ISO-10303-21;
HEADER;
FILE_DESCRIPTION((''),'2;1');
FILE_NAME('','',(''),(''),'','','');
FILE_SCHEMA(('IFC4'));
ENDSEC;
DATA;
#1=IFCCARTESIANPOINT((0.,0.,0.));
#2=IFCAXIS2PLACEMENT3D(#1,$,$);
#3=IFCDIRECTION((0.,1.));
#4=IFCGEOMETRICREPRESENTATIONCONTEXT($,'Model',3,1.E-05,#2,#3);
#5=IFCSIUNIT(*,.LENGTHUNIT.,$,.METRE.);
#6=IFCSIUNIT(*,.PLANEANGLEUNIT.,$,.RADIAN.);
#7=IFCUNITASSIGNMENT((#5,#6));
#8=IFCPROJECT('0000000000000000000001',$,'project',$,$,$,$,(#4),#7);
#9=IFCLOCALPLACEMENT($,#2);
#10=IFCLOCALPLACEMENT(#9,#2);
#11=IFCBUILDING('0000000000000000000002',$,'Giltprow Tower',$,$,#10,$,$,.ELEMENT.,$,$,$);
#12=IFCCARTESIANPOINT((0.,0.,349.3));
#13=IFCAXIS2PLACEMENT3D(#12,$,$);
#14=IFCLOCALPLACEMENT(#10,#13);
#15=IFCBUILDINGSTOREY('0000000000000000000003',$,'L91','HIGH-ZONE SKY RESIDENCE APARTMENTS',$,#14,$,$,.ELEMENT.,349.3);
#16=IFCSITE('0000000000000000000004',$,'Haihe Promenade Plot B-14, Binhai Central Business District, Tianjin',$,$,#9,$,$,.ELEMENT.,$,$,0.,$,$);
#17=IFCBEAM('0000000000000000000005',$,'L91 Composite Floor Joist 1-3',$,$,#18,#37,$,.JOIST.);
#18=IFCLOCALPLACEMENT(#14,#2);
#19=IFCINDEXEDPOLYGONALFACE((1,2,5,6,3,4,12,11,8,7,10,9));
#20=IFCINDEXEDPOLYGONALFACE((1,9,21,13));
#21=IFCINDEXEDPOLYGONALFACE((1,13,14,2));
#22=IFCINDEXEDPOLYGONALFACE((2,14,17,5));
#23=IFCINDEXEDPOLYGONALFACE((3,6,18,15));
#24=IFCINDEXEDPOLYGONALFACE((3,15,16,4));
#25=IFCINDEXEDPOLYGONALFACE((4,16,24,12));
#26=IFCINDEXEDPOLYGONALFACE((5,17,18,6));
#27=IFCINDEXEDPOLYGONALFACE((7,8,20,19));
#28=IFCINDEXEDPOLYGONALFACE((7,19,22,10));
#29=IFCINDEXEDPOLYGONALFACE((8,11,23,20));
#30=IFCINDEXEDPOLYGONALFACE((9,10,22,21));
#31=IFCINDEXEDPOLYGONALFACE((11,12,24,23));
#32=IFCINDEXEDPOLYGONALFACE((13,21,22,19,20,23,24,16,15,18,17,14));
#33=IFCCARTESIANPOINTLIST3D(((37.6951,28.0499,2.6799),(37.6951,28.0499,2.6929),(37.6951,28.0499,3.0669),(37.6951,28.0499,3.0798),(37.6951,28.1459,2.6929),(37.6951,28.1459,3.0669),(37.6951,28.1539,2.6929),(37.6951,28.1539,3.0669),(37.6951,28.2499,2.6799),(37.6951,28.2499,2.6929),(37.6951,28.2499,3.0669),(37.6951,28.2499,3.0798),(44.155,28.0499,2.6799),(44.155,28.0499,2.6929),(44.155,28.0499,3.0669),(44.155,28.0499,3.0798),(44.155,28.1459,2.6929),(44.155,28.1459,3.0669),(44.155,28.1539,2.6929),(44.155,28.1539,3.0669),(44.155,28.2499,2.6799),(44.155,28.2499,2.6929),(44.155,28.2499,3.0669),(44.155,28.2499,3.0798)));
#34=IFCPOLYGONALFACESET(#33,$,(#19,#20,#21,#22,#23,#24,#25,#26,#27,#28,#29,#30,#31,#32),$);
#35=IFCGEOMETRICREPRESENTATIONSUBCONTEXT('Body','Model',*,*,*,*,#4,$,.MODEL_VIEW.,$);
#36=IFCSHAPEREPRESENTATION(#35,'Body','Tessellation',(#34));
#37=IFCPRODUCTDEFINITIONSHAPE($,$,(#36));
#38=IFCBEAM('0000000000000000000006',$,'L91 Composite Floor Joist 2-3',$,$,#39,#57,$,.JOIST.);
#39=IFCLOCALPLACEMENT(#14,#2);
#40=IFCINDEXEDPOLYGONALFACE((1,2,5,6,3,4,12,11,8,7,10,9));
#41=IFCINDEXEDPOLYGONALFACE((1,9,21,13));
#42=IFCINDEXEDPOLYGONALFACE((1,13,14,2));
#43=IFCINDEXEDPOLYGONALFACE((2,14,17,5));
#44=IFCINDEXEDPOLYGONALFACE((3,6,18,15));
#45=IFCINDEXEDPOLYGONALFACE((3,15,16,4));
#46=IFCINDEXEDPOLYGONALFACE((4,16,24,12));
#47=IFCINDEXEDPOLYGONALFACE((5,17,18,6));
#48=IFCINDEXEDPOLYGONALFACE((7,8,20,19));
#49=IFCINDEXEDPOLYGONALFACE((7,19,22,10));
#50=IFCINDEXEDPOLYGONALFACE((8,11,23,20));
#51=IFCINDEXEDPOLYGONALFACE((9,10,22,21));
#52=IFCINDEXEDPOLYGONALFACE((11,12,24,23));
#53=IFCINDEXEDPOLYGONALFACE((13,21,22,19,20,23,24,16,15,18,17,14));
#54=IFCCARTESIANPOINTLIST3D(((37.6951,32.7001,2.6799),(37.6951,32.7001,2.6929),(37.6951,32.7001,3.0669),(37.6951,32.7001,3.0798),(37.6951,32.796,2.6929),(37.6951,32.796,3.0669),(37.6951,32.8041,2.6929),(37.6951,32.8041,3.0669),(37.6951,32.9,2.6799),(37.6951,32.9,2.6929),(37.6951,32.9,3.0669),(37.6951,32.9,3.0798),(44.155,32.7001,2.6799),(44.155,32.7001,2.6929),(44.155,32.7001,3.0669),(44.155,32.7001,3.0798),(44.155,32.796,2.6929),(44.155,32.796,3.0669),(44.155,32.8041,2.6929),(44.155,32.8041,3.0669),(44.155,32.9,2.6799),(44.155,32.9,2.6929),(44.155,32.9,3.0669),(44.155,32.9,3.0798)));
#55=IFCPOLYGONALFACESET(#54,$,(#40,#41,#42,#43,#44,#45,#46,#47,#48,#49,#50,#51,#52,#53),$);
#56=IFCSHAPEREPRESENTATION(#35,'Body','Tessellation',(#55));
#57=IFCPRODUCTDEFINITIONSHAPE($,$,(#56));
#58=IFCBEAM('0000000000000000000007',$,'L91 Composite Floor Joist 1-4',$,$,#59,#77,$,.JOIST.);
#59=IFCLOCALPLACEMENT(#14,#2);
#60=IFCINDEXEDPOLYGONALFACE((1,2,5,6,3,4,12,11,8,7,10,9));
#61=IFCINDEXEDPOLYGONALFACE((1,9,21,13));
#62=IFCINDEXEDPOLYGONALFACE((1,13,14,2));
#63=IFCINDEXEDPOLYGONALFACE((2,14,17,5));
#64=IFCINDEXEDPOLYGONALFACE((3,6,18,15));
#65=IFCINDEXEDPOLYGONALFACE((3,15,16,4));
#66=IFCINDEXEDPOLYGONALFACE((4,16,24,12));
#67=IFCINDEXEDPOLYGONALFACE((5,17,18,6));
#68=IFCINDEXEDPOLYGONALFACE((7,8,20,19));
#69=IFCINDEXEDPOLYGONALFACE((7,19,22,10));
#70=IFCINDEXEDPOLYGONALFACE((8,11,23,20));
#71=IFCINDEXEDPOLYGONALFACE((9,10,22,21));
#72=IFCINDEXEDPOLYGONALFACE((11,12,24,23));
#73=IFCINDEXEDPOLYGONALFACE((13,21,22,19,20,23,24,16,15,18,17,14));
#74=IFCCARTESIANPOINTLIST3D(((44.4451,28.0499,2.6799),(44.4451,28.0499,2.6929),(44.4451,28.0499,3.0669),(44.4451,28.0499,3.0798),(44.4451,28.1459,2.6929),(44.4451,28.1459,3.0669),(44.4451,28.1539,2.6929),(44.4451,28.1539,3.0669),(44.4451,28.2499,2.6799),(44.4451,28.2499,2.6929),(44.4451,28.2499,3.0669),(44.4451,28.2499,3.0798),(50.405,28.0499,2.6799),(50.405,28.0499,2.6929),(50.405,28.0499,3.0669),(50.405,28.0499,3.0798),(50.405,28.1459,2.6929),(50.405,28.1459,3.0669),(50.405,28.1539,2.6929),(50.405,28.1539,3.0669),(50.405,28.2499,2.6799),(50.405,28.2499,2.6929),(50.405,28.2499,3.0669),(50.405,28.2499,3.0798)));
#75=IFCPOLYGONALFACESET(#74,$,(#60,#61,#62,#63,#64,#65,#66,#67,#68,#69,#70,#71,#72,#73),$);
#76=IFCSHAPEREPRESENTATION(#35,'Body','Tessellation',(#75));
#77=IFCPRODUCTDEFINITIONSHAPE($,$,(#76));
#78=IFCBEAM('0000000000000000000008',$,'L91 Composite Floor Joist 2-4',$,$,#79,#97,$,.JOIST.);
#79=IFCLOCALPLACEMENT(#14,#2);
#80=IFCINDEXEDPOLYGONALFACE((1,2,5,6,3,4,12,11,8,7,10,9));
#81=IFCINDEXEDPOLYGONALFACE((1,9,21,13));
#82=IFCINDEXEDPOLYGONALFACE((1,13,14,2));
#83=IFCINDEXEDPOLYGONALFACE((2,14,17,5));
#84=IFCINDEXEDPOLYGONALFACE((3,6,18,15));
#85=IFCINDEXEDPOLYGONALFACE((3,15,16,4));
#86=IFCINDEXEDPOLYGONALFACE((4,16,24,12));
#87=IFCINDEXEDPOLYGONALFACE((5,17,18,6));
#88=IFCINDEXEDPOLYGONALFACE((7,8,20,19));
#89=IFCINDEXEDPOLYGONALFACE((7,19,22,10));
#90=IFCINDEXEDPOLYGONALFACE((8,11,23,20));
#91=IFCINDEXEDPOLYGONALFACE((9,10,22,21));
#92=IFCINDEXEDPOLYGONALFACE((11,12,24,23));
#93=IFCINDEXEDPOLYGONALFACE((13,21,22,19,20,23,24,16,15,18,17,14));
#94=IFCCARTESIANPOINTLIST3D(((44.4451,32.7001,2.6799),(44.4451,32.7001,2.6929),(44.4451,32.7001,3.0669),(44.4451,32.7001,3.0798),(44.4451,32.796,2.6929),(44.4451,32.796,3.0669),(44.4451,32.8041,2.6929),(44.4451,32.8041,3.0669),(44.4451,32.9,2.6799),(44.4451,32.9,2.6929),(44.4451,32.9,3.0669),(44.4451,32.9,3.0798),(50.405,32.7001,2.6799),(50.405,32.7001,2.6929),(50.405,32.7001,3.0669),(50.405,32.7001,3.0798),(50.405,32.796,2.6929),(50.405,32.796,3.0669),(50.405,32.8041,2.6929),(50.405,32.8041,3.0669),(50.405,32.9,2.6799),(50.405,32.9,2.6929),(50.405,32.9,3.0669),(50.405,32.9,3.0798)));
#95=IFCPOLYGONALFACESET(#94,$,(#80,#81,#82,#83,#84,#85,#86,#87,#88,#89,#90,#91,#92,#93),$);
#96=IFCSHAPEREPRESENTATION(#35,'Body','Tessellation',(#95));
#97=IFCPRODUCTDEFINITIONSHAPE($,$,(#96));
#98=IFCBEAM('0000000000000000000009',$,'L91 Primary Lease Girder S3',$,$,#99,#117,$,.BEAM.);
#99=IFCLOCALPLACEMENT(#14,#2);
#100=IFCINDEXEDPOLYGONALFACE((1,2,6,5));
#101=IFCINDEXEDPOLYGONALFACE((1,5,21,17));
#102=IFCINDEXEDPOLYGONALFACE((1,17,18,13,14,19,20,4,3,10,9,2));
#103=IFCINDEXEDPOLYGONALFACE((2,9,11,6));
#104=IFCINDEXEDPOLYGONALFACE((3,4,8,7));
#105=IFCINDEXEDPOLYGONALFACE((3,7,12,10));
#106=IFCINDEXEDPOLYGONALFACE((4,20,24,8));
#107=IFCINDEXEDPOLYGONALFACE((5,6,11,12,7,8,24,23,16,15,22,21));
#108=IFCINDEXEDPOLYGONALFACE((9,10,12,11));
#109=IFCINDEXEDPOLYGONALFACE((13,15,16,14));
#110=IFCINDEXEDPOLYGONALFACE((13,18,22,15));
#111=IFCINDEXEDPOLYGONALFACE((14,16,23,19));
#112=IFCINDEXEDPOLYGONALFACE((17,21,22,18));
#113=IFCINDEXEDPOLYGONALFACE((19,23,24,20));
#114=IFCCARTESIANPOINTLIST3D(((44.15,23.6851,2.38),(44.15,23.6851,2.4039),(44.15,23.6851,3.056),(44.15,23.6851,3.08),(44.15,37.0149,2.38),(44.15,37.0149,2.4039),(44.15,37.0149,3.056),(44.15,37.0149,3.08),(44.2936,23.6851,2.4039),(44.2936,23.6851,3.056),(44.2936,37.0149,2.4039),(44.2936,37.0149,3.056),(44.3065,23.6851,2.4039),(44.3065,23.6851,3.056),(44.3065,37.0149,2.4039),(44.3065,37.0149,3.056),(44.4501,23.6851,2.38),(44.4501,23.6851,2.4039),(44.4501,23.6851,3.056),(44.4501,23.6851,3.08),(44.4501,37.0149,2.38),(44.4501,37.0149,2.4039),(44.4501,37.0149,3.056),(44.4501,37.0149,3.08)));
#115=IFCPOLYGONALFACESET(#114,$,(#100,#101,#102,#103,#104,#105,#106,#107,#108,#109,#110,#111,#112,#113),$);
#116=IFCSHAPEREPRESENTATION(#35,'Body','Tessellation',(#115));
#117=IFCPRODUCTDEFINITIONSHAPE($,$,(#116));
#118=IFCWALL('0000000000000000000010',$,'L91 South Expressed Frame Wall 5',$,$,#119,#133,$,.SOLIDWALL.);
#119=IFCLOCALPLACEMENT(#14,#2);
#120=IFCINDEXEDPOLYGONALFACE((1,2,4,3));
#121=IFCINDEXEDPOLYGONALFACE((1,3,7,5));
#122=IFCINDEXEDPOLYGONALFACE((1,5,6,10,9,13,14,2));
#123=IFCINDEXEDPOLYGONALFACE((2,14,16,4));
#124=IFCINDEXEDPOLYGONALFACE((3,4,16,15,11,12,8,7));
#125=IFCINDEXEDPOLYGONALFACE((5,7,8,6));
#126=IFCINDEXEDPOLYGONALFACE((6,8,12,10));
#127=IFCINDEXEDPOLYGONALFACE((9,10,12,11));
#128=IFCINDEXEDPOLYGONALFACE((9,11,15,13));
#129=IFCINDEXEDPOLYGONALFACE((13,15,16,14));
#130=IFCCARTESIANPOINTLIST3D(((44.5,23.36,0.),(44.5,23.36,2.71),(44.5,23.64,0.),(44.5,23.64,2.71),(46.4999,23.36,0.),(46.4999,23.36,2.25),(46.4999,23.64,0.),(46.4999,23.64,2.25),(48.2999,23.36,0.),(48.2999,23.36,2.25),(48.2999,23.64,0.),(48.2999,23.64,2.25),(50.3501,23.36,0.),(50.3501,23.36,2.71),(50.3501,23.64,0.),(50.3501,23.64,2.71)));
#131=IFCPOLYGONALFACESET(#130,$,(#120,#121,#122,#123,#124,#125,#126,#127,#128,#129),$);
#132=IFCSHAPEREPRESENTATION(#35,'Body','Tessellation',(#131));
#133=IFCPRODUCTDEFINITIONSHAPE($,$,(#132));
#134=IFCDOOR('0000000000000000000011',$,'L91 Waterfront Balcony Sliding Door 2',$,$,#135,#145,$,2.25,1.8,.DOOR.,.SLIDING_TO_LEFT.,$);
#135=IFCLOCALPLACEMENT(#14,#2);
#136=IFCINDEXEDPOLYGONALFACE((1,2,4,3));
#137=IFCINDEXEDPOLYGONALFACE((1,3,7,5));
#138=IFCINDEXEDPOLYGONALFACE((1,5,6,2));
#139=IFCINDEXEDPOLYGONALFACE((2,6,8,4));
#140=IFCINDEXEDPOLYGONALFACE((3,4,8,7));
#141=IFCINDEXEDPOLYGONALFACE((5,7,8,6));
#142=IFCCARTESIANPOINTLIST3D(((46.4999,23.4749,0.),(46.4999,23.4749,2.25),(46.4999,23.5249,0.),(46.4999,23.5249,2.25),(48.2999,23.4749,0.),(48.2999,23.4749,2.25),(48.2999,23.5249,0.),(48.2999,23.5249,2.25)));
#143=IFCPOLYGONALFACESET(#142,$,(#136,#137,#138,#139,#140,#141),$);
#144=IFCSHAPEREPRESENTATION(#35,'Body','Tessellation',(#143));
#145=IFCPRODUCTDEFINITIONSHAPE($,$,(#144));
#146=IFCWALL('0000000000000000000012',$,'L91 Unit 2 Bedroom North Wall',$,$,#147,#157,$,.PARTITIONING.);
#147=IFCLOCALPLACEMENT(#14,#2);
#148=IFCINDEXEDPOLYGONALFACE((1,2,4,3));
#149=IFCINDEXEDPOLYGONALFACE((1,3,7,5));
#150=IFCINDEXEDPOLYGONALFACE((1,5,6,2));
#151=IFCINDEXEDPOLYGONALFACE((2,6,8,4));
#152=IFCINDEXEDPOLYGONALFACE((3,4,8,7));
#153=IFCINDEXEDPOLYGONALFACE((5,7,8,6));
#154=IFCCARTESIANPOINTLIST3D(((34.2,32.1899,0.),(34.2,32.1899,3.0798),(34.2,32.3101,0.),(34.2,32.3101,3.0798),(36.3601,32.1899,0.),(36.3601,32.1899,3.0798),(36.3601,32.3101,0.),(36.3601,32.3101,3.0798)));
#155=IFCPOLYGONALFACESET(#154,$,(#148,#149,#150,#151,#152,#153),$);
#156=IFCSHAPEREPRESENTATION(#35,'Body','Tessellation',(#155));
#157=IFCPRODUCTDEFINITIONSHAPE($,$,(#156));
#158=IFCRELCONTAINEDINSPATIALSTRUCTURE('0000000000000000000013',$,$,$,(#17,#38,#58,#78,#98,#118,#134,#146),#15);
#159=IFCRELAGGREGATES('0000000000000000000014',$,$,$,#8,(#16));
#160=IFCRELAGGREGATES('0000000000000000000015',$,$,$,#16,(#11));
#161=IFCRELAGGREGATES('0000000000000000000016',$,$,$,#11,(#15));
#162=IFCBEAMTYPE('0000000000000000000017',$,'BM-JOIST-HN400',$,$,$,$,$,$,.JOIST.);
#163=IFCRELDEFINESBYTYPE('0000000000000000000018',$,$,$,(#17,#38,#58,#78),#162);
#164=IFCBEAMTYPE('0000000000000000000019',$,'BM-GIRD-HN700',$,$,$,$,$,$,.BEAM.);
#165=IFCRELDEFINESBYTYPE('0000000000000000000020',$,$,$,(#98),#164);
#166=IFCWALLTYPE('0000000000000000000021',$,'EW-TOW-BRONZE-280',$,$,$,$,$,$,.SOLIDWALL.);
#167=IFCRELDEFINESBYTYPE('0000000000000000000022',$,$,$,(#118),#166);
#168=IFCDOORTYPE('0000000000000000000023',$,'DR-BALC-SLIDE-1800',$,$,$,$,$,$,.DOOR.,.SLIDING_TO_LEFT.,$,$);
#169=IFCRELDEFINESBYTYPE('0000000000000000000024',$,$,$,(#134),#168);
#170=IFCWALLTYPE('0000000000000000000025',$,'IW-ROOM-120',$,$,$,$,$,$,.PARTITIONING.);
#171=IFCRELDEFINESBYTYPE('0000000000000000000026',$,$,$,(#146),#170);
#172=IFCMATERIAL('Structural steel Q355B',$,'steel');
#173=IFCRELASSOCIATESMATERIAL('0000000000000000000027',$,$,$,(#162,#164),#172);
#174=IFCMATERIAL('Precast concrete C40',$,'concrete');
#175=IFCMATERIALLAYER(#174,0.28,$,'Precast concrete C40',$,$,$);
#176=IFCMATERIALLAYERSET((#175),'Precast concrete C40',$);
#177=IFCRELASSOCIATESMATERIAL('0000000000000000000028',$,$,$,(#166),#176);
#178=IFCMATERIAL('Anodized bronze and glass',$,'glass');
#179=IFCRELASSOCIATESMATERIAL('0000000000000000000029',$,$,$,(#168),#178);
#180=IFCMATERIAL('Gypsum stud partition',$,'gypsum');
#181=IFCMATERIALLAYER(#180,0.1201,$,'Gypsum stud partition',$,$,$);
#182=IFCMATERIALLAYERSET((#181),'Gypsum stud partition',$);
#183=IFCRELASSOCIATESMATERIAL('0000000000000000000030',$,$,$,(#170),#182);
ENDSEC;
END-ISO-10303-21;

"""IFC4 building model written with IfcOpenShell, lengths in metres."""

from ifc_helpers import new_model, si_unit, direction, frame, frame_2d, origin, origin_2d, place, context, subcontext, project, spatial, rectangle, i_section, extrude, source, transform, mapped, material, layer, layer_set, material_profile, profile_set, type_object, element, fill, save


model = new_model("IFC4")

# Units and contexts
model_context = context("Model", 3, precision=1e-05, world=origin(), true_north=direction((0.0, 1.0)))
body_context = subcontext(model_context, "Body", "Model", "MODEL_VIEW")
ifc_project = project(units=[si_unit("LENGTHUNIT", "METRE"), si_unit("PLANEANGLEUNIT", "RADIAN")], contexts=[model_context])

# Site, building, storey
site_placement = place(None, origin())
site = spatial("IfcSite", under=ifc_project, at=site_placement, Name="Haihe Promenade Plot B-14, Binhai Central Business District, Tianjin", CompositionType="ELEMENT", RefElevation=0.0)
building_placement = place(site_placement, origin())
building = spatial("IfcBuilding", under=site, at=building_placement, Name="Giltprow Tower", CompositionType="ELEMENT")
storey_placement = place(building_placement, frame((0.0, 0.0, 349.3)))
storey = spatial("IfcBuildingStorey", under=building, at=storey_placement, Name="L91", Description="HIGH-ZONE SKY RESIDENCE APARTMENTS", CompositionType="ELEMENT", Elevation=349.3)

# Beams
ifc_material_1 = material(Name="Structural steel Q355B", Category="steel")
ifc_material_profile_1 = material_profile(ifc_material_1, i_section(OverallWidth=0.2, OverallDepth=0.3999, WebThickness=0.0081, FlangeThickness=0.0129, at=origin_2d()), Name="HN 400x200x8x13")
ifc_profile_set_1 = profile_set([ifc_material_profile_1], Name="Structural steel Q355B")
beam_type_1 = type_object("IfcBeamType", Name="BM-JOIST-HN400", PredefinedType="JOIST", material=ifc_profile_set_1)
shared_shape_1 = source(origin(), body_context, "Body", "SweptSolid", [
    extrude(i_section(OverallWidth=0.2, OverallDepth=0.3999, WebThickness=0.0081, FlangeThickness=0.0129, at=origin_2d()), origin(), (0.0, 0.0, 1.0), 6.46),
])
for number, where, z_axis, x_axis, name in (
    (1, (37.6951, 28.1499, 2.8799), (1.0, 0.0, 0.0), (0.0, 1.0, 0.0), "L91 Composite Floor Joist 1-3"),
    (2, (37.6951, 32.8, 2.8799), (1.0, 0.0, 0.0), (0.0, 1.0, 0.0), "L91 Composite Floor Joist 2-3"),
):
    element("IfcBeam", number, at=place(storey_placement, frame(where, z_axis=z_axis, x_axis=x_axis)), inside=storey, type_object=beam_type_1, Name=name, PredefinedType="JOIST", context=body_context, shape_type="MappedRepresentation", body=[
        mapped(shared_shape_1, transform((0.0, 0.0, 0.0), x_axis=(1.0, 0.0, 0.0), y_axis=(0.0, 1.0, 0.0), z_axis=(0.0, 0.0, 1.0), scale=1.0)),
    ])
shared_shape_2 = source(origin(), body_context, "Body", "SweptSolid", [
    extrude(i_section(OverallWidth=0.2, OverallDepth=0.3999, WebThickness=0.0081, FlangeThickness=0.0129, at=origin_2d()), origin(), (0.0, 0.0, 1.0), 5.96),
])
for number, where, z_axis, x_axis, name in (
    (3, (44.4451, 28.1499, 2.8799), (1.0, 0.0, 0.0), (0.0, 1.0, 0.0), "L91 Composite Floor Joist 1-4"),
    (4, (44.4451, 32.8, 2.8799), (1.0, 0.0, 0.0), (0.0, 1.0, 0.0), "L91 Composite Floor Joist 2-4"),
):
    element("IfcBeam", number, at=place(storey_placement, frame(where, z_axis=z_axis, x_axis=x_axis)), inside=storey, type_object=beam_type_1, Name=name, PredefinedType="JOIST", context=body_context, shape_type="MappedRepresentation", body=[
        mapped(shared_shape_2, transform((0.0, 0.0, 0.0), x_axis=(1.0, 0.0, 0.0), y_axis=(0.0, 1.0, 0.0), z_axis=(0.0, 0.0, 1.0), scale=1.0)),
    ])
ifc_material_profile_2 = material_profile(ifc_material_1, i_section(OverallWidth=0.3, OverallDepth=0.7, WebThickness=0.0129, FlangeThickness=0.0239, at=origin_2d()), Name="HN 700x300x13x24")
ifc_profile_set_2 = profile_set([ifc_material_profile_2], Name="Structural steel Q355B")
beam_type_2 = type_object("IfcBeamType", Name="BM-GIRD-HN700", PredefinedType="BEAM", material=ifc_profile_set_2)
shared_shape_3 = source(origin(), body_context, "Body", "SweptSolid", [
    extrude(i_section(OverallWidth=0.3, OverallDepth=0.7, WebThickness=0.0129, FlangeThickness=0.0239, at=origin_2d()), origin(), (0.0, 0.0, 1.0), 13.3298),
])
beam_placement = place(storey_placement, frame((44.3, 23.6851, 2.73), z_axis=(0.0, 1.0, 0.0), x_axis=(-1.0, 0.0, 0.0)))
element("IfcBeam", 5, at=beam_placement, inside=storey, type_object=beam_type_2, Name="L91 Primary Lease Girder S3", PredefinedType="BEAM", context=body_context, shape_type="MappedRepresentation", body=[
    mapped(shared_shape_3, transform((0.0, 0.0, 0.0), x_axis=(1.0, 0.0, 0.0), y_axis=(0.0, 1.0, 0.0), z_axis=(0.0, 0.0, 1.0), scale=1.0)),
])

# Wall, opening, door
ifc_material_2 = material(Name="Precast concrete C40", Category="concrete")
ifc_layer_1 = layer(ifc_material_2, 0.28, Name="Precast concrete C40")
ifc_layer_set_1 = layer_set([ifc_layer_1], Name="Precast concrete C40")
wall_type_1 = type_object("IfcWallType", Name="EW-TOW-BRONZE-280", PredefinedType="SOLIDWALL", material=ifc_layer_set_1)
wall_1_placement = place(storey_placement, frame((44.5, 23.5, 0.0), z_axis=(0.0, 0.0, 1.0), x_axis=(1.0, 0.0, 0.0)))
wall_1 = element("IfcWall", 6, at=wall_1_placement, inside=storey, type_object=wall_type_1, Name="L91 South Expressed Frame Wall 5", PredefinedType="SOLIDWALL", context=body_context, shape_type="SweptSolid", body=[
    extrude(rectangle(XDim=5.8501, YDim=0.28, at=frame_2d((2.925, 0.0))), origin(), (0.0, 0.0, 1.0), 2.71),
])
opening_1_placement = place(wall_1_placement, frame((2.0, 0.0, 0.0)))
opening_1 = element("IfcOpeningElement", 7, at=opening_1_placement, cuts=wall_1, PredefinedType="OPENING", context=body_context, shape_type="SweptSolid", body=[
    extrude(rectangle(XDim=1.8, YDim=2.25, at=frame_2d((0.8999, 1.125))), frame((0.0, 0.1499, 0.0), z_axis=(0.0, -1.0, 0.0), x_axis=(1.0, 0.0, 0.0)), (0.0, 0.0, 1.0), 0.3),
])
ifc_material_3 = material(Name="Anodized bronze and glass", Category="glass")
door_type_1 = type_object("IfcDoorType", Name="DR-BALC-SLIDE-1800", OperationType="SLIDING_TO_LEFT", PredefinedType="DOOR", material=ifc_material_3)
shared_shape_4 = source(origin(), body_context, "Body", "SweptSolid", [
    extrude(rectangle(XDim=1.8, YDim=2.25, at=frame_2d((0.8999, 1.125))), frame((0.0, 0.0249, 0.0), z_axis=(0.0, -1.0, 0.0), x_axis=(1.0, 0.0, 0.0)), (0.0, 0.0, 1.0), 0.05),
])
door_1_placement = place(opening_1_placement, origin())
door_1 = element("IfcDoor", 8, at=door_1_placement, inside=storey, type_object=door_type_1, Name="L91 Waterfront Balcony Sliding Door 2", OperationType="SLIDING_TO_LEFT", OverallHeight=2.25, OverallWidth=1.8, PredefinedType="DOOR", context=body_context, shape_type="MappedRepresentation", body=[
    mapped(shared_shape_4, transform((0.0, 0.0, 0.0), x_axis=(1.0, 0.0, 0.0), y_axis=(0.0, 1.0, 0.0), z_axis=(0.0, 0.0, 1.0), scale=1.0)),
])
fill(opening_1, door_1)

# Wall
ifc_material_4 = material(Name="Gypsum stud partition", Category="gypsum")
ifc_layer_2 = layer(ifc_material_4, 0.1201, Name="Gypsum stud partition")
ifc_layer_set_2 = layer_set([ifc_layer_2], Name="Gypsum stud partition")
wall_type_2 = type_object("IfcWallType", Name="IW-ROOM-120", PredefinedType="PARTITIONING", material=ifc_layer_set_2)
wall_2_placement = place(storey_placement, frame((34.2, 32.25, 0.0), z_axis=(0.0, 0.0, 1.0), x_axis=(1.0, 0.0, 0.0)))
element("IfcWall", 9, at=wall_2_placement, inside=storey, type_object=wall_type_2, Name="L91 Unit 2 Bedroom North Wall", PredefinedType="PARTITIONING", context=body_context, shape_type="SweptSolid", body=[
    extrude(rectangle(XDim=2.1602, YDim=0.1201, at=frame_2d((1.0801, 0.0))), origin(), (0.0, 0.0, 1.0), 3.0798),
])

save(model, "model.ifc")
